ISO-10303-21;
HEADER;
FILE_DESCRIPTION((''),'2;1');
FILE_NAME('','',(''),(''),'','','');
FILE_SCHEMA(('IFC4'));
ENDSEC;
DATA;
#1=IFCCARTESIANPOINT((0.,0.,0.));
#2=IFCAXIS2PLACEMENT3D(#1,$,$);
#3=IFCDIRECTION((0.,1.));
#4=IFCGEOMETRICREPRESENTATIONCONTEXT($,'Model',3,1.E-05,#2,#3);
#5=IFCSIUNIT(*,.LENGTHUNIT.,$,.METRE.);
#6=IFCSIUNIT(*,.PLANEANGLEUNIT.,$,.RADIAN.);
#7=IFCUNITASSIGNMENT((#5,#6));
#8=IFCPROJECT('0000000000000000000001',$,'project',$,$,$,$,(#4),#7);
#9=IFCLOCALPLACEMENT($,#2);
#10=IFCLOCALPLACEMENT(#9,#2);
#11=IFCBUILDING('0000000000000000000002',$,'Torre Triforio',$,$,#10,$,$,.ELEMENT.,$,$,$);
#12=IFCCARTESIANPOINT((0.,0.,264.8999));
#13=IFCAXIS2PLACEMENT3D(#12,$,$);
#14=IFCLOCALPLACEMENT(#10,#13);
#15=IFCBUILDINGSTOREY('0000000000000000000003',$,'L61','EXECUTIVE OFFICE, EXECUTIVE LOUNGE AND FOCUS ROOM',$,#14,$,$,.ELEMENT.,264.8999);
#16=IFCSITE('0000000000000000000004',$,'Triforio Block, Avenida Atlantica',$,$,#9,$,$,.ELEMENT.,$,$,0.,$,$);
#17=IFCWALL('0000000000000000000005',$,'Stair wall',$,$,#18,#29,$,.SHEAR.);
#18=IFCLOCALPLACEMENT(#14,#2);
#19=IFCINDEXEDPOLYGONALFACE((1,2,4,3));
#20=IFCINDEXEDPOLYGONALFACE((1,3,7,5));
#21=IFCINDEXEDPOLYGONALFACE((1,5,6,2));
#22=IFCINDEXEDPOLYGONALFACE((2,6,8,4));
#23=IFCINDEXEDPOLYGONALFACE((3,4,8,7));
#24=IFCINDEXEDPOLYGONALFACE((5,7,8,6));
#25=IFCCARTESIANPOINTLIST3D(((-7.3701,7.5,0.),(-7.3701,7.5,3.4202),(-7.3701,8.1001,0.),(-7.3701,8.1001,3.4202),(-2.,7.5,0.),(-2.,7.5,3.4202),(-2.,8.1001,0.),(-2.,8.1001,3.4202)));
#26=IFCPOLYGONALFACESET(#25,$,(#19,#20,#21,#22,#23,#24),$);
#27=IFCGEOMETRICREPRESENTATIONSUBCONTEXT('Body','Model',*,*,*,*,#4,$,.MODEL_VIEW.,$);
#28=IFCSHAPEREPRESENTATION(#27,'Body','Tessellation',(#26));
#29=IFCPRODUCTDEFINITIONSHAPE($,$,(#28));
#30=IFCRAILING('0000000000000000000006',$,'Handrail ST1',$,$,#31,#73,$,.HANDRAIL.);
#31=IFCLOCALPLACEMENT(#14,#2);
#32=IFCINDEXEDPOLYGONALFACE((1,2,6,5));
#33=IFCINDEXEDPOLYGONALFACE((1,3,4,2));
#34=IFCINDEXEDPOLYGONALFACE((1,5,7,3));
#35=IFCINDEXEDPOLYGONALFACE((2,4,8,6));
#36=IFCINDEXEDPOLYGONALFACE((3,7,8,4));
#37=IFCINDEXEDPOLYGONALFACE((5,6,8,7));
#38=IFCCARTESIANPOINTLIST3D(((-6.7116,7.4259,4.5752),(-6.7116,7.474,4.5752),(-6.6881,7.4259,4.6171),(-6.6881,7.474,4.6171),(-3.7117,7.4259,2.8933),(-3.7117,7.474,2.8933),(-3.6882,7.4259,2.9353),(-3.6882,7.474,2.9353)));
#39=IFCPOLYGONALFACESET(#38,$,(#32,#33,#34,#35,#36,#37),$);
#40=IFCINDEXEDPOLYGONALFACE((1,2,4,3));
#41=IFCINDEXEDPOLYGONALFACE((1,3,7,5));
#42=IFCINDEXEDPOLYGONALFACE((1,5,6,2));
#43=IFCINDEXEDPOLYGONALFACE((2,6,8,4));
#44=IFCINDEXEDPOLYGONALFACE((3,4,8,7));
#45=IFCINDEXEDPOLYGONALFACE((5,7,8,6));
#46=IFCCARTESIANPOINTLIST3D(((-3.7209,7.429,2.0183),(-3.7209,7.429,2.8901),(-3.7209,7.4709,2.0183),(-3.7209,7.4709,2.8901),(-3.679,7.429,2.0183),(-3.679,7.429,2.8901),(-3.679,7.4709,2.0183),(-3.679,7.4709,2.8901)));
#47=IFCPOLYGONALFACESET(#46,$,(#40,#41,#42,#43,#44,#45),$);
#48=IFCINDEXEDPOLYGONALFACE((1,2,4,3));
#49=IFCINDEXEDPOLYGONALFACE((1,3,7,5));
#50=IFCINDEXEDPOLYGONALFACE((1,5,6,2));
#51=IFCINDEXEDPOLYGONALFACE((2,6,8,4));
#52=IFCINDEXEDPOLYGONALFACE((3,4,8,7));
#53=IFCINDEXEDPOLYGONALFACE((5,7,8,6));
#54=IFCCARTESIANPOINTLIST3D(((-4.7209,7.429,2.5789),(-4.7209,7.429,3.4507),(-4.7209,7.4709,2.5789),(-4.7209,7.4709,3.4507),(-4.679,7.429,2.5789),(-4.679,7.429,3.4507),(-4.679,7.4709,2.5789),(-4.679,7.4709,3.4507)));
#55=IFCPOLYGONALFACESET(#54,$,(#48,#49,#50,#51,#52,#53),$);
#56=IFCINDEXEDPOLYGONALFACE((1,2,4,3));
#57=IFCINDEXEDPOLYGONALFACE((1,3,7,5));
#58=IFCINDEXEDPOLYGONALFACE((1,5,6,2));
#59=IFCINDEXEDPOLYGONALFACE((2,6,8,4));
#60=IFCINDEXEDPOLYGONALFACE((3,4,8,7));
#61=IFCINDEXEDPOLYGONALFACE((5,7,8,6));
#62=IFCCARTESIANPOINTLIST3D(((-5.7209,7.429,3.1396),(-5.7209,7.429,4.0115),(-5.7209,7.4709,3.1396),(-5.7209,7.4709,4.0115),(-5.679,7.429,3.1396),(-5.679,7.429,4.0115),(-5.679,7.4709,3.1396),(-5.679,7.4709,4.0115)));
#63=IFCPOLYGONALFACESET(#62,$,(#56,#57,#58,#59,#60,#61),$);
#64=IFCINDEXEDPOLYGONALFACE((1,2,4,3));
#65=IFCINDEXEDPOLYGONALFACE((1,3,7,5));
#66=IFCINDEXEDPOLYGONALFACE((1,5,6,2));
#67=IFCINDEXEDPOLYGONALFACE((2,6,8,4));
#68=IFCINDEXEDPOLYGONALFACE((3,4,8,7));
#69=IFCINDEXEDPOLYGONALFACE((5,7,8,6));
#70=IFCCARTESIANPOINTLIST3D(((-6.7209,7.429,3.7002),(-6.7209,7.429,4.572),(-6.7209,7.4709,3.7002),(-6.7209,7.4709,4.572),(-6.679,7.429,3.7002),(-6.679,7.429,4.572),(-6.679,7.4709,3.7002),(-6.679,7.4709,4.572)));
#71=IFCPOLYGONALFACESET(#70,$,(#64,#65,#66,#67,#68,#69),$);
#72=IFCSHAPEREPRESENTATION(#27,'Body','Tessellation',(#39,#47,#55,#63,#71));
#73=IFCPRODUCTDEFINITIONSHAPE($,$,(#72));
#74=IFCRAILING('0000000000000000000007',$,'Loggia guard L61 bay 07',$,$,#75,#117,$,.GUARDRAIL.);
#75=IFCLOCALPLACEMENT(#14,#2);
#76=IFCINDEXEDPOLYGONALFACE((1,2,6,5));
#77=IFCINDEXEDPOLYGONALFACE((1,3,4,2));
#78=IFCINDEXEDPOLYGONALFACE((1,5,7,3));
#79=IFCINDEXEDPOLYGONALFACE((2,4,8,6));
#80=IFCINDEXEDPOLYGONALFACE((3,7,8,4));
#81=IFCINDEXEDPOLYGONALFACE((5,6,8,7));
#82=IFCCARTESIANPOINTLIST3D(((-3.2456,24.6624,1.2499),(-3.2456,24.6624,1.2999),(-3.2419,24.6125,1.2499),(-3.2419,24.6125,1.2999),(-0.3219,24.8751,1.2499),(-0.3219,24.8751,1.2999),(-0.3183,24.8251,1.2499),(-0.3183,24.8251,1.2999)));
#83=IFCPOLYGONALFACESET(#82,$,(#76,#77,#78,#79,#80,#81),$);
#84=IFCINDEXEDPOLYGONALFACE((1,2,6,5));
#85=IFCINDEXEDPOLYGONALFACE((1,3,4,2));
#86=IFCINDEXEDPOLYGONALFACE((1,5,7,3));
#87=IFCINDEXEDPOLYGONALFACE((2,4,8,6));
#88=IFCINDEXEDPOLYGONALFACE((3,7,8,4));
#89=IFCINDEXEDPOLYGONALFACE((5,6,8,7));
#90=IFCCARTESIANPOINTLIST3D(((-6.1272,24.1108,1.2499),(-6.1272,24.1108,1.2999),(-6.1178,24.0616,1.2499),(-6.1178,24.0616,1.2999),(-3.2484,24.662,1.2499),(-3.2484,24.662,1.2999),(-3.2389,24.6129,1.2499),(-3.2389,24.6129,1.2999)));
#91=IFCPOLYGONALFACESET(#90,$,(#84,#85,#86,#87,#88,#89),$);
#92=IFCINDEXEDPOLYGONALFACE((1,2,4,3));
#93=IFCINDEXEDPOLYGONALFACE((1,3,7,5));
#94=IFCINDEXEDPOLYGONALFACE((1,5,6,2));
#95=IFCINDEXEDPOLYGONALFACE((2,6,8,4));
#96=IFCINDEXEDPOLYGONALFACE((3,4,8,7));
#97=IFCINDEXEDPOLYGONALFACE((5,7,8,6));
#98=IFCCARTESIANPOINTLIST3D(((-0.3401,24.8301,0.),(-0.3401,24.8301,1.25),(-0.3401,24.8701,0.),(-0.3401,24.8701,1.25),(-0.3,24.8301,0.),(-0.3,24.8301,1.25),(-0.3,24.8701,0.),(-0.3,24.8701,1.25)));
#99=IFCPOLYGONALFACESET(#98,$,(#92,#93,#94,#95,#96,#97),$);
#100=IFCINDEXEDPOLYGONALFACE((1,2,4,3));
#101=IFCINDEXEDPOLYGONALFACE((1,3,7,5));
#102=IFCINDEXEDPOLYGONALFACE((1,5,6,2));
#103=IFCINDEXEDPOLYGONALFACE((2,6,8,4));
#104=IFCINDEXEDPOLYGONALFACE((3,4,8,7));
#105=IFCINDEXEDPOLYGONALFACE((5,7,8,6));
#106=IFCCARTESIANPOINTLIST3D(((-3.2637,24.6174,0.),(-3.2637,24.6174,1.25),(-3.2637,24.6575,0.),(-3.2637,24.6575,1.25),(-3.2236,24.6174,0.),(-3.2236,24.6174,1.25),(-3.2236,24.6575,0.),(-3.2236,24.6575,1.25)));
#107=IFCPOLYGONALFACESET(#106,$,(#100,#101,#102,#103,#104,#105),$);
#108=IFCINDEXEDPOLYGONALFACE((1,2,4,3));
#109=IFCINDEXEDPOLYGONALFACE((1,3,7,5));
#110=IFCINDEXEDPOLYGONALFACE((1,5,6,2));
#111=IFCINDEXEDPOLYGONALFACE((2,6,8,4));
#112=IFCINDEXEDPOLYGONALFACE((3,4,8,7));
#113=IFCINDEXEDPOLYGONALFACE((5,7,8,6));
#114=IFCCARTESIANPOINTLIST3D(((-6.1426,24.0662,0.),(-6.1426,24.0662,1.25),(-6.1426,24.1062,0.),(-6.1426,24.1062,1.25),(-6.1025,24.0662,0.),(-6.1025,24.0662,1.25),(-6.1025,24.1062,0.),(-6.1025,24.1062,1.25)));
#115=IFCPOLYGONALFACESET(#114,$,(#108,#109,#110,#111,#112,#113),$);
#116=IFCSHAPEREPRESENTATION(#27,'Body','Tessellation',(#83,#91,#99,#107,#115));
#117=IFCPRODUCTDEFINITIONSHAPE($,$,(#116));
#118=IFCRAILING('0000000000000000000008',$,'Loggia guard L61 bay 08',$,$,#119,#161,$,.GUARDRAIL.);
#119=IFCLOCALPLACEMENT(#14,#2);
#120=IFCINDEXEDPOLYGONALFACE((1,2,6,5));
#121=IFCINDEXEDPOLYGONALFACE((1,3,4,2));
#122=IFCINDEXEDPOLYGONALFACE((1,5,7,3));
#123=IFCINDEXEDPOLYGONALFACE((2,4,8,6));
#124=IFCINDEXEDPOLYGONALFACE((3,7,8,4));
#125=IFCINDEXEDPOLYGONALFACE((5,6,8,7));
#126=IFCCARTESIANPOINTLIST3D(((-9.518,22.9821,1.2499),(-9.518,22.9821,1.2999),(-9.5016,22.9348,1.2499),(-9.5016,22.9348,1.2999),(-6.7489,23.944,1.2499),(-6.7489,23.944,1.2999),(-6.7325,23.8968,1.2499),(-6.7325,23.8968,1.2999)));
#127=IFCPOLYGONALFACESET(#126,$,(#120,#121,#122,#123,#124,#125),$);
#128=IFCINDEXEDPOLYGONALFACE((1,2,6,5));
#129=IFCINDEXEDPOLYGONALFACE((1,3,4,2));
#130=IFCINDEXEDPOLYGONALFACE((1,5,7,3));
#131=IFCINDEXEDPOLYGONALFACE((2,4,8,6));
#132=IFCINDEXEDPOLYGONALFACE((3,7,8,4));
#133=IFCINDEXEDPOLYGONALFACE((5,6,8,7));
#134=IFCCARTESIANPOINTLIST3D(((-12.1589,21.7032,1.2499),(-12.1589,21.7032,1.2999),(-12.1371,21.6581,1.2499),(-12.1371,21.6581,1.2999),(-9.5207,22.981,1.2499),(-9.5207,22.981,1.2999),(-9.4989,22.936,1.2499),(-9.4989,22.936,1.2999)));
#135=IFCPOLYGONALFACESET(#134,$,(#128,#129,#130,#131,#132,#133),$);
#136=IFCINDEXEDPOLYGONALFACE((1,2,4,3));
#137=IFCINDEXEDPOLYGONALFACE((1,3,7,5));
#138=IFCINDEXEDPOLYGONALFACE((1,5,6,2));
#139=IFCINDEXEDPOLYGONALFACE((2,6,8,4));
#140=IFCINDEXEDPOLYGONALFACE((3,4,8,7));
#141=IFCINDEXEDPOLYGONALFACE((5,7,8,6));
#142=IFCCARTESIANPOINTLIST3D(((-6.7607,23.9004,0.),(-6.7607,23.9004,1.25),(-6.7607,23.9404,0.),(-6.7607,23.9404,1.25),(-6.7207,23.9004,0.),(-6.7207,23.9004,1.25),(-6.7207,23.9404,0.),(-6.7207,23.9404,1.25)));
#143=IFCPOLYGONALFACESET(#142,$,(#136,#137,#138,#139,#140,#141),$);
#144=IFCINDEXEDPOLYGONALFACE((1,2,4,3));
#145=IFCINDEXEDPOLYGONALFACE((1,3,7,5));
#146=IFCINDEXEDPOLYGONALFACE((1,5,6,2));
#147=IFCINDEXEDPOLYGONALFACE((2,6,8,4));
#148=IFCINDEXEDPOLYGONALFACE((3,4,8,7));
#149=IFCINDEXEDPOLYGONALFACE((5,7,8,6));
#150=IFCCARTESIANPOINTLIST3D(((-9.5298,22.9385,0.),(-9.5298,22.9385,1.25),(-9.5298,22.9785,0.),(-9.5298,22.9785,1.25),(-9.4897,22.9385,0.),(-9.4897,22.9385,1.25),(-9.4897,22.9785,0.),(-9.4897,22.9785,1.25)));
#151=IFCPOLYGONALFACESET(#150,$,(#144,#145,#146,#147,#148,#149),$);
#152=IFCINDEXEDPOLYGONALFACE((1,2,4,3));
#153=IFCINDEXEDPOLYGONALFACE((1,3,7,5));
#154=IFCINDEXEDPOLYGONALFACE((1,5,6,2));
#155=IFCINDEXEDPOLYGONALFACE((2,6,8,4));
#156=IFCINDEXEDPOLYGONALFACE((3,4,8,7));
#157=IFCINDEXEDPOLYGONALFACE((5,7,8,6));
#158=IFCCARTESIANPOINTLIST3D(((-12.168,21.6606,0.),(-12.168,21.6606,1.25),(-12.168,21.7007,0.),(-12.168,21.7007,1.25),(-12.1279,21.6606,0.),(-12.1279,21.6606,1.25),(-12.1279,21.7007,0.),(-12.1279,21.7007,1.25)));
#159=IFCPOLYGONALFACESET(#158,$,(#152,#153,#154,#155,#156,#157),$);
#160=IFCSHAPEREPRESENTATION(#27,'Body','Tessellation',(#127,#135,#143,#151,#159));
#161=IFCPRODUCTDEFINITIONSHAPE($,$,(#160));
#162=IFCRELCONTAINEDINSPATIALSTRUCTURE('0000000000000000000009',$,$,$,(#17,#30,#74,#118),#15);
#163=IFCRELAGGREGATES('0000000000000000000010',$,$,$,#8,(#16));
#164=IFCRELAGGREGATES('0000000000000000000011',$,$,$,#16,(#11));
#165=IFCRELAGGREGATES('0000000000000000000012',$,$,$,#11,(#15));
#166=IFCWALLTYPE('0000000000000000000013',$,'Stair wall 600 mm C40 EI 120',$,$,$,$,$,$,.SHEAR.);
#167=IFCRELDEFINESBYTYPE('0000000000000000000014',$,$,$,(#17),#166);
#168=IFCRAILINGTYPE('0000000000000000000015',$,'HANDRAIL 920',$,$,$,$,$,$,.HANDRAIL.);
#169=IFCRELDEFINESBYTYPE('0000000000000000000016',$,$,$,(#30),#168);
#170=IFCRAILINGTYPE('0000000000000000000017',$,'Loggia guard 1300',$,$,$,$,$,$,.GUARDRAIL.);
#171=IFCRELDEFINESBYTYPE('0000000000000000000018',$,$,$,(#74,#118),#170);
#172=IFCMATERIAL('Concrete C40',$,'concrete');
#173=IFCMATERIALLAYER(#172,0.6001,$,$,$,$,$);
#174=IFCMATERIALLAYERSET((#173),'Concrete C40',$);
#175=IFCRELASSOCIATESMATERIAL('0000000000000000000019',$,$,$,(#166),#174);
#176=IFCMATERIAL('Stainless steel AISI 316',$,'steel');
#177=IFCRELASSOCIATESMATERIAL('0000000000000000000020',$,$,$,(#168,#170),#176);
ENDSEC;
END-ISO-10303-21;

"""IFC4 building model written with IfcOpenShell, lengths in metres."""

from ifc_helpers import new_model, si_unit, direction, frame, frame_2d, origin, origin_2d, place, context, subcontext, project, spatial, rectangle, extrude, material, layer, layer_set, type_object, element, save


model = new_model("IFC4")

# Units and contexts
model_context = context("Model", 3, precision=1e-05, world=origin(), true_north=direction((0.0, 1.0)))
body_context = subcontext(model_context, "Body", "Model", "MODEL_VIEW")
ifc_project = project(units=[si_unit("LENGTHUNIT", "METRE"), si_unit("PLANEANGLEUNIT", "RADIAN")], contexts=[model_context])

# Site, building, storey
site_placement = place(None, origin())
site = spatial("IfcSite", under=ifc_project, at=site_placement, Name="Triforio Block, Avenida Atlantica", CompositionType="ELEMENT", RefElevation=0.0)
building_placement = place(site_placement, origin())
building = spatial("IfcBuilding", under=site, at=building_placement, Name="Torre Triforio", CompositionType="ELEMENT")
storey_placement = place(building_placement, frame((0.0, 0.0, 264.8999)))
storey = spatial("IfcBuildingStorey", under=building, at=storey_placement, Name="L61", Description="EXECUTIVE OFFICE, EXECUTIVE LOUNGE AND FOCUS ROOM", CompositionType="ELEMENT", Elevation=264.8999)

# Shared definitions
ifc_material_1 = material(Name="Concrete C40", Category="concrete")

# Wall
ifc_layer_1 = layer(ifc_material_1, 0.6001)
ifc_layer_set_1 = layer_set([ifc_layer_1], Name="Concrete C40")
wall_type_1 = type_object("IfcWallType", Name="Stair wall 600 mm C40 EI 120", PredefinedType="SHEAR", material=ifc_layer_set_1)
wall_1_placement = place(storey_placement, frame((-7.3701, 7.8, 0.0), z_axis=(0.0, 0.0, 1.0), x_axis=(1.0, 0.0, 0.0)))
element("IfcWall", 1, at=wall_1_placement, inside=storey, type_object=wall_type_1, Name="Stair wall", PredefinedType="SHEAR", context=body_context, shape_type="SweptSolid", body=[
    extrude(rectangle(XDim=5.3701, YDim=0.6001, at=frame_2d((2.6851, 0.0))), origin(), (0.0, 0.0, 1.0), 3.4202),
])

# Railings
ifc_material_2 = material(Name="Stainless steel AISI 316", Category="steel")
railing_type_1 = type_object("IfcRailingType", Name="HANDRAIL 920", PredefinedType="HANDRAIL", material=ifc_material_2)
railing_1_placement = place(storey_placement, frame((-3.7, 7.45, 2.0183)))
element("IfcRailing", 2, at=railing_1_placement, inside=storey, type_object=railing_type_1, Name="Handrail ST1", PredefinedType="HANDRAIL", context=body_context, shape_type="SweptSolid", body=[
    extrude(rectangle(XDim=0.0481, YDim=0.0481, at=origin_2d()), frame((0.0, 0.0, 0.896), z_axis=(-0.872272, 0.0, 0.48902), x_axis=(0.0, -1.0, 0.0)), (0.0, 0.0, 1.0), 3.4392),
    extrude(rectangle(XDim=0.042, YDim=0.042, at=origin_2d()), origin(), (0.0, 0.0, 1.0), 0.8718),
    extrude(rectangle(XDim=0.042, YDim=0.042, at=origin_2d()), frame((-1.0, 0.0, 0.5605)), (0.0, 0.0, 1.0), 0.8718),
    extrude(rectangle(XDim=0.042, YDim=0.042, at=origin_2d()), frame((-2.0, 0.0, 1.1213)), (0.0, 0.0, 1.0), 0.8718),
    extrude(rectangle(XDim=0.042, YDim=0.042, at=origin_2d()), frame((-3.0, 0.0, 1.6819)), (0.0, 0.0, 1.0), 0.8718),
])
railing_type_2 = type_object("IfcRailingType", Name="Loggia guard 1300", PredefinedType="GUARDRAIL", material=ifc_material_2)
railing_2_placement = place(storey_placement, frame((-0.3201, 24.8501, 0.0)))
element("IfcRailing", 3, at=railing_2_placement, inside=storey, type_object=railing_type_2, Name="Loggia guard L61 bay 07", PredefinedType="GUARDRAIL", context=body_context, shape_type="SweptSolid", body=[
    extrude(rectangle(XDim=0.05, YDim=0.05, at=origin_2d()), frame((0.0, 0.0, 1.2749), z_axis=(-0.997365, -0.072543, 0.0), x_axis=(0.072543, -0.997365, 0.0)), (0.0, 0.0, 1.0), 2.9314),
    extrude(rectangle(XDim=0.05, YDim=0.05, at=origin_2d()), frame((-2.9236, -0.2126, 1.2749), z_axis=(-0.982156, -0.188069, 0.0), x_axis=(0.188069, -0.982156, 0.0)), (0.0, 0.0, 1.0), 2.9312),
    extrude(rectangle(XDim=0.04, YDim=0.04, at=origin_2d()), origin(), (0.0, 0.0, 1.0), 1.25),
    extrude(rectangle(XDim=0.04, YDim=0.04, at=origin_2d()), frame((-2.9236, -0.2126, 0.0)), (0.0, 0.0, 1.0), 1.25),
    extrude(rectangle(XDim=0.04, YDim=0.04, at=origin_2d()), frame((-5.8025, -0.7639, 0.0)), (0.0, 0.0, 1.0), 1.25),
])
railing_3_placement = place(storey_placement, frame((-6.7407, 23.9204, 0.0)))
element("IfcRailing", 4, at=railing_3_placement, inside=storey, type_object=railing_type_2, Name="Loggia guard L61 bay 08", PredefinedType="GUARDRAIL", context=body_context, shape_type="SweptSolid", body=[
    extrude(rectangle(XDim=0.05, YDim=0.05, at=origin_2d()), frame((0.0, 0.0, 1.2749), z_axis=(-0.944627, -0.328146, 0.0), x_axis=(0.328146, -0.944627, 0.0)), (0.0, 0.0, 1.0), 2.9314),
    extrude(rectangle(XDim=0.05, YDim=0.05, at=origin_2d()), frame((-2.769, -0.9619, 1.2749), z_axis=(-0.899986, -0.435918, 0.0), x_axis=(0.435918, -0.899986, 0.0)), (0.0, 0.0, 1.0), 2.9314),
    extrude(rectangle(XDim=0.04, YDim=0.04, at=origin_2d()), origin(), (0.0, 0.0, 1.0), 1.25),
    extrude(rectangle(XDim=0.04, YDim=0.04, at=origin_2d()), frame((-2.769, -0.9619, 0.0)), (0.0, 0.0, 1.0), 1.25),
    extrude(rectangle(XDim=0.04, YDim=0.04, at=origin_2d()), frame((-5.4072, -2.2397, 0.0)), (0.0, 0.0, 1.0), 1.25),
])

save(model, "model.ifc")
